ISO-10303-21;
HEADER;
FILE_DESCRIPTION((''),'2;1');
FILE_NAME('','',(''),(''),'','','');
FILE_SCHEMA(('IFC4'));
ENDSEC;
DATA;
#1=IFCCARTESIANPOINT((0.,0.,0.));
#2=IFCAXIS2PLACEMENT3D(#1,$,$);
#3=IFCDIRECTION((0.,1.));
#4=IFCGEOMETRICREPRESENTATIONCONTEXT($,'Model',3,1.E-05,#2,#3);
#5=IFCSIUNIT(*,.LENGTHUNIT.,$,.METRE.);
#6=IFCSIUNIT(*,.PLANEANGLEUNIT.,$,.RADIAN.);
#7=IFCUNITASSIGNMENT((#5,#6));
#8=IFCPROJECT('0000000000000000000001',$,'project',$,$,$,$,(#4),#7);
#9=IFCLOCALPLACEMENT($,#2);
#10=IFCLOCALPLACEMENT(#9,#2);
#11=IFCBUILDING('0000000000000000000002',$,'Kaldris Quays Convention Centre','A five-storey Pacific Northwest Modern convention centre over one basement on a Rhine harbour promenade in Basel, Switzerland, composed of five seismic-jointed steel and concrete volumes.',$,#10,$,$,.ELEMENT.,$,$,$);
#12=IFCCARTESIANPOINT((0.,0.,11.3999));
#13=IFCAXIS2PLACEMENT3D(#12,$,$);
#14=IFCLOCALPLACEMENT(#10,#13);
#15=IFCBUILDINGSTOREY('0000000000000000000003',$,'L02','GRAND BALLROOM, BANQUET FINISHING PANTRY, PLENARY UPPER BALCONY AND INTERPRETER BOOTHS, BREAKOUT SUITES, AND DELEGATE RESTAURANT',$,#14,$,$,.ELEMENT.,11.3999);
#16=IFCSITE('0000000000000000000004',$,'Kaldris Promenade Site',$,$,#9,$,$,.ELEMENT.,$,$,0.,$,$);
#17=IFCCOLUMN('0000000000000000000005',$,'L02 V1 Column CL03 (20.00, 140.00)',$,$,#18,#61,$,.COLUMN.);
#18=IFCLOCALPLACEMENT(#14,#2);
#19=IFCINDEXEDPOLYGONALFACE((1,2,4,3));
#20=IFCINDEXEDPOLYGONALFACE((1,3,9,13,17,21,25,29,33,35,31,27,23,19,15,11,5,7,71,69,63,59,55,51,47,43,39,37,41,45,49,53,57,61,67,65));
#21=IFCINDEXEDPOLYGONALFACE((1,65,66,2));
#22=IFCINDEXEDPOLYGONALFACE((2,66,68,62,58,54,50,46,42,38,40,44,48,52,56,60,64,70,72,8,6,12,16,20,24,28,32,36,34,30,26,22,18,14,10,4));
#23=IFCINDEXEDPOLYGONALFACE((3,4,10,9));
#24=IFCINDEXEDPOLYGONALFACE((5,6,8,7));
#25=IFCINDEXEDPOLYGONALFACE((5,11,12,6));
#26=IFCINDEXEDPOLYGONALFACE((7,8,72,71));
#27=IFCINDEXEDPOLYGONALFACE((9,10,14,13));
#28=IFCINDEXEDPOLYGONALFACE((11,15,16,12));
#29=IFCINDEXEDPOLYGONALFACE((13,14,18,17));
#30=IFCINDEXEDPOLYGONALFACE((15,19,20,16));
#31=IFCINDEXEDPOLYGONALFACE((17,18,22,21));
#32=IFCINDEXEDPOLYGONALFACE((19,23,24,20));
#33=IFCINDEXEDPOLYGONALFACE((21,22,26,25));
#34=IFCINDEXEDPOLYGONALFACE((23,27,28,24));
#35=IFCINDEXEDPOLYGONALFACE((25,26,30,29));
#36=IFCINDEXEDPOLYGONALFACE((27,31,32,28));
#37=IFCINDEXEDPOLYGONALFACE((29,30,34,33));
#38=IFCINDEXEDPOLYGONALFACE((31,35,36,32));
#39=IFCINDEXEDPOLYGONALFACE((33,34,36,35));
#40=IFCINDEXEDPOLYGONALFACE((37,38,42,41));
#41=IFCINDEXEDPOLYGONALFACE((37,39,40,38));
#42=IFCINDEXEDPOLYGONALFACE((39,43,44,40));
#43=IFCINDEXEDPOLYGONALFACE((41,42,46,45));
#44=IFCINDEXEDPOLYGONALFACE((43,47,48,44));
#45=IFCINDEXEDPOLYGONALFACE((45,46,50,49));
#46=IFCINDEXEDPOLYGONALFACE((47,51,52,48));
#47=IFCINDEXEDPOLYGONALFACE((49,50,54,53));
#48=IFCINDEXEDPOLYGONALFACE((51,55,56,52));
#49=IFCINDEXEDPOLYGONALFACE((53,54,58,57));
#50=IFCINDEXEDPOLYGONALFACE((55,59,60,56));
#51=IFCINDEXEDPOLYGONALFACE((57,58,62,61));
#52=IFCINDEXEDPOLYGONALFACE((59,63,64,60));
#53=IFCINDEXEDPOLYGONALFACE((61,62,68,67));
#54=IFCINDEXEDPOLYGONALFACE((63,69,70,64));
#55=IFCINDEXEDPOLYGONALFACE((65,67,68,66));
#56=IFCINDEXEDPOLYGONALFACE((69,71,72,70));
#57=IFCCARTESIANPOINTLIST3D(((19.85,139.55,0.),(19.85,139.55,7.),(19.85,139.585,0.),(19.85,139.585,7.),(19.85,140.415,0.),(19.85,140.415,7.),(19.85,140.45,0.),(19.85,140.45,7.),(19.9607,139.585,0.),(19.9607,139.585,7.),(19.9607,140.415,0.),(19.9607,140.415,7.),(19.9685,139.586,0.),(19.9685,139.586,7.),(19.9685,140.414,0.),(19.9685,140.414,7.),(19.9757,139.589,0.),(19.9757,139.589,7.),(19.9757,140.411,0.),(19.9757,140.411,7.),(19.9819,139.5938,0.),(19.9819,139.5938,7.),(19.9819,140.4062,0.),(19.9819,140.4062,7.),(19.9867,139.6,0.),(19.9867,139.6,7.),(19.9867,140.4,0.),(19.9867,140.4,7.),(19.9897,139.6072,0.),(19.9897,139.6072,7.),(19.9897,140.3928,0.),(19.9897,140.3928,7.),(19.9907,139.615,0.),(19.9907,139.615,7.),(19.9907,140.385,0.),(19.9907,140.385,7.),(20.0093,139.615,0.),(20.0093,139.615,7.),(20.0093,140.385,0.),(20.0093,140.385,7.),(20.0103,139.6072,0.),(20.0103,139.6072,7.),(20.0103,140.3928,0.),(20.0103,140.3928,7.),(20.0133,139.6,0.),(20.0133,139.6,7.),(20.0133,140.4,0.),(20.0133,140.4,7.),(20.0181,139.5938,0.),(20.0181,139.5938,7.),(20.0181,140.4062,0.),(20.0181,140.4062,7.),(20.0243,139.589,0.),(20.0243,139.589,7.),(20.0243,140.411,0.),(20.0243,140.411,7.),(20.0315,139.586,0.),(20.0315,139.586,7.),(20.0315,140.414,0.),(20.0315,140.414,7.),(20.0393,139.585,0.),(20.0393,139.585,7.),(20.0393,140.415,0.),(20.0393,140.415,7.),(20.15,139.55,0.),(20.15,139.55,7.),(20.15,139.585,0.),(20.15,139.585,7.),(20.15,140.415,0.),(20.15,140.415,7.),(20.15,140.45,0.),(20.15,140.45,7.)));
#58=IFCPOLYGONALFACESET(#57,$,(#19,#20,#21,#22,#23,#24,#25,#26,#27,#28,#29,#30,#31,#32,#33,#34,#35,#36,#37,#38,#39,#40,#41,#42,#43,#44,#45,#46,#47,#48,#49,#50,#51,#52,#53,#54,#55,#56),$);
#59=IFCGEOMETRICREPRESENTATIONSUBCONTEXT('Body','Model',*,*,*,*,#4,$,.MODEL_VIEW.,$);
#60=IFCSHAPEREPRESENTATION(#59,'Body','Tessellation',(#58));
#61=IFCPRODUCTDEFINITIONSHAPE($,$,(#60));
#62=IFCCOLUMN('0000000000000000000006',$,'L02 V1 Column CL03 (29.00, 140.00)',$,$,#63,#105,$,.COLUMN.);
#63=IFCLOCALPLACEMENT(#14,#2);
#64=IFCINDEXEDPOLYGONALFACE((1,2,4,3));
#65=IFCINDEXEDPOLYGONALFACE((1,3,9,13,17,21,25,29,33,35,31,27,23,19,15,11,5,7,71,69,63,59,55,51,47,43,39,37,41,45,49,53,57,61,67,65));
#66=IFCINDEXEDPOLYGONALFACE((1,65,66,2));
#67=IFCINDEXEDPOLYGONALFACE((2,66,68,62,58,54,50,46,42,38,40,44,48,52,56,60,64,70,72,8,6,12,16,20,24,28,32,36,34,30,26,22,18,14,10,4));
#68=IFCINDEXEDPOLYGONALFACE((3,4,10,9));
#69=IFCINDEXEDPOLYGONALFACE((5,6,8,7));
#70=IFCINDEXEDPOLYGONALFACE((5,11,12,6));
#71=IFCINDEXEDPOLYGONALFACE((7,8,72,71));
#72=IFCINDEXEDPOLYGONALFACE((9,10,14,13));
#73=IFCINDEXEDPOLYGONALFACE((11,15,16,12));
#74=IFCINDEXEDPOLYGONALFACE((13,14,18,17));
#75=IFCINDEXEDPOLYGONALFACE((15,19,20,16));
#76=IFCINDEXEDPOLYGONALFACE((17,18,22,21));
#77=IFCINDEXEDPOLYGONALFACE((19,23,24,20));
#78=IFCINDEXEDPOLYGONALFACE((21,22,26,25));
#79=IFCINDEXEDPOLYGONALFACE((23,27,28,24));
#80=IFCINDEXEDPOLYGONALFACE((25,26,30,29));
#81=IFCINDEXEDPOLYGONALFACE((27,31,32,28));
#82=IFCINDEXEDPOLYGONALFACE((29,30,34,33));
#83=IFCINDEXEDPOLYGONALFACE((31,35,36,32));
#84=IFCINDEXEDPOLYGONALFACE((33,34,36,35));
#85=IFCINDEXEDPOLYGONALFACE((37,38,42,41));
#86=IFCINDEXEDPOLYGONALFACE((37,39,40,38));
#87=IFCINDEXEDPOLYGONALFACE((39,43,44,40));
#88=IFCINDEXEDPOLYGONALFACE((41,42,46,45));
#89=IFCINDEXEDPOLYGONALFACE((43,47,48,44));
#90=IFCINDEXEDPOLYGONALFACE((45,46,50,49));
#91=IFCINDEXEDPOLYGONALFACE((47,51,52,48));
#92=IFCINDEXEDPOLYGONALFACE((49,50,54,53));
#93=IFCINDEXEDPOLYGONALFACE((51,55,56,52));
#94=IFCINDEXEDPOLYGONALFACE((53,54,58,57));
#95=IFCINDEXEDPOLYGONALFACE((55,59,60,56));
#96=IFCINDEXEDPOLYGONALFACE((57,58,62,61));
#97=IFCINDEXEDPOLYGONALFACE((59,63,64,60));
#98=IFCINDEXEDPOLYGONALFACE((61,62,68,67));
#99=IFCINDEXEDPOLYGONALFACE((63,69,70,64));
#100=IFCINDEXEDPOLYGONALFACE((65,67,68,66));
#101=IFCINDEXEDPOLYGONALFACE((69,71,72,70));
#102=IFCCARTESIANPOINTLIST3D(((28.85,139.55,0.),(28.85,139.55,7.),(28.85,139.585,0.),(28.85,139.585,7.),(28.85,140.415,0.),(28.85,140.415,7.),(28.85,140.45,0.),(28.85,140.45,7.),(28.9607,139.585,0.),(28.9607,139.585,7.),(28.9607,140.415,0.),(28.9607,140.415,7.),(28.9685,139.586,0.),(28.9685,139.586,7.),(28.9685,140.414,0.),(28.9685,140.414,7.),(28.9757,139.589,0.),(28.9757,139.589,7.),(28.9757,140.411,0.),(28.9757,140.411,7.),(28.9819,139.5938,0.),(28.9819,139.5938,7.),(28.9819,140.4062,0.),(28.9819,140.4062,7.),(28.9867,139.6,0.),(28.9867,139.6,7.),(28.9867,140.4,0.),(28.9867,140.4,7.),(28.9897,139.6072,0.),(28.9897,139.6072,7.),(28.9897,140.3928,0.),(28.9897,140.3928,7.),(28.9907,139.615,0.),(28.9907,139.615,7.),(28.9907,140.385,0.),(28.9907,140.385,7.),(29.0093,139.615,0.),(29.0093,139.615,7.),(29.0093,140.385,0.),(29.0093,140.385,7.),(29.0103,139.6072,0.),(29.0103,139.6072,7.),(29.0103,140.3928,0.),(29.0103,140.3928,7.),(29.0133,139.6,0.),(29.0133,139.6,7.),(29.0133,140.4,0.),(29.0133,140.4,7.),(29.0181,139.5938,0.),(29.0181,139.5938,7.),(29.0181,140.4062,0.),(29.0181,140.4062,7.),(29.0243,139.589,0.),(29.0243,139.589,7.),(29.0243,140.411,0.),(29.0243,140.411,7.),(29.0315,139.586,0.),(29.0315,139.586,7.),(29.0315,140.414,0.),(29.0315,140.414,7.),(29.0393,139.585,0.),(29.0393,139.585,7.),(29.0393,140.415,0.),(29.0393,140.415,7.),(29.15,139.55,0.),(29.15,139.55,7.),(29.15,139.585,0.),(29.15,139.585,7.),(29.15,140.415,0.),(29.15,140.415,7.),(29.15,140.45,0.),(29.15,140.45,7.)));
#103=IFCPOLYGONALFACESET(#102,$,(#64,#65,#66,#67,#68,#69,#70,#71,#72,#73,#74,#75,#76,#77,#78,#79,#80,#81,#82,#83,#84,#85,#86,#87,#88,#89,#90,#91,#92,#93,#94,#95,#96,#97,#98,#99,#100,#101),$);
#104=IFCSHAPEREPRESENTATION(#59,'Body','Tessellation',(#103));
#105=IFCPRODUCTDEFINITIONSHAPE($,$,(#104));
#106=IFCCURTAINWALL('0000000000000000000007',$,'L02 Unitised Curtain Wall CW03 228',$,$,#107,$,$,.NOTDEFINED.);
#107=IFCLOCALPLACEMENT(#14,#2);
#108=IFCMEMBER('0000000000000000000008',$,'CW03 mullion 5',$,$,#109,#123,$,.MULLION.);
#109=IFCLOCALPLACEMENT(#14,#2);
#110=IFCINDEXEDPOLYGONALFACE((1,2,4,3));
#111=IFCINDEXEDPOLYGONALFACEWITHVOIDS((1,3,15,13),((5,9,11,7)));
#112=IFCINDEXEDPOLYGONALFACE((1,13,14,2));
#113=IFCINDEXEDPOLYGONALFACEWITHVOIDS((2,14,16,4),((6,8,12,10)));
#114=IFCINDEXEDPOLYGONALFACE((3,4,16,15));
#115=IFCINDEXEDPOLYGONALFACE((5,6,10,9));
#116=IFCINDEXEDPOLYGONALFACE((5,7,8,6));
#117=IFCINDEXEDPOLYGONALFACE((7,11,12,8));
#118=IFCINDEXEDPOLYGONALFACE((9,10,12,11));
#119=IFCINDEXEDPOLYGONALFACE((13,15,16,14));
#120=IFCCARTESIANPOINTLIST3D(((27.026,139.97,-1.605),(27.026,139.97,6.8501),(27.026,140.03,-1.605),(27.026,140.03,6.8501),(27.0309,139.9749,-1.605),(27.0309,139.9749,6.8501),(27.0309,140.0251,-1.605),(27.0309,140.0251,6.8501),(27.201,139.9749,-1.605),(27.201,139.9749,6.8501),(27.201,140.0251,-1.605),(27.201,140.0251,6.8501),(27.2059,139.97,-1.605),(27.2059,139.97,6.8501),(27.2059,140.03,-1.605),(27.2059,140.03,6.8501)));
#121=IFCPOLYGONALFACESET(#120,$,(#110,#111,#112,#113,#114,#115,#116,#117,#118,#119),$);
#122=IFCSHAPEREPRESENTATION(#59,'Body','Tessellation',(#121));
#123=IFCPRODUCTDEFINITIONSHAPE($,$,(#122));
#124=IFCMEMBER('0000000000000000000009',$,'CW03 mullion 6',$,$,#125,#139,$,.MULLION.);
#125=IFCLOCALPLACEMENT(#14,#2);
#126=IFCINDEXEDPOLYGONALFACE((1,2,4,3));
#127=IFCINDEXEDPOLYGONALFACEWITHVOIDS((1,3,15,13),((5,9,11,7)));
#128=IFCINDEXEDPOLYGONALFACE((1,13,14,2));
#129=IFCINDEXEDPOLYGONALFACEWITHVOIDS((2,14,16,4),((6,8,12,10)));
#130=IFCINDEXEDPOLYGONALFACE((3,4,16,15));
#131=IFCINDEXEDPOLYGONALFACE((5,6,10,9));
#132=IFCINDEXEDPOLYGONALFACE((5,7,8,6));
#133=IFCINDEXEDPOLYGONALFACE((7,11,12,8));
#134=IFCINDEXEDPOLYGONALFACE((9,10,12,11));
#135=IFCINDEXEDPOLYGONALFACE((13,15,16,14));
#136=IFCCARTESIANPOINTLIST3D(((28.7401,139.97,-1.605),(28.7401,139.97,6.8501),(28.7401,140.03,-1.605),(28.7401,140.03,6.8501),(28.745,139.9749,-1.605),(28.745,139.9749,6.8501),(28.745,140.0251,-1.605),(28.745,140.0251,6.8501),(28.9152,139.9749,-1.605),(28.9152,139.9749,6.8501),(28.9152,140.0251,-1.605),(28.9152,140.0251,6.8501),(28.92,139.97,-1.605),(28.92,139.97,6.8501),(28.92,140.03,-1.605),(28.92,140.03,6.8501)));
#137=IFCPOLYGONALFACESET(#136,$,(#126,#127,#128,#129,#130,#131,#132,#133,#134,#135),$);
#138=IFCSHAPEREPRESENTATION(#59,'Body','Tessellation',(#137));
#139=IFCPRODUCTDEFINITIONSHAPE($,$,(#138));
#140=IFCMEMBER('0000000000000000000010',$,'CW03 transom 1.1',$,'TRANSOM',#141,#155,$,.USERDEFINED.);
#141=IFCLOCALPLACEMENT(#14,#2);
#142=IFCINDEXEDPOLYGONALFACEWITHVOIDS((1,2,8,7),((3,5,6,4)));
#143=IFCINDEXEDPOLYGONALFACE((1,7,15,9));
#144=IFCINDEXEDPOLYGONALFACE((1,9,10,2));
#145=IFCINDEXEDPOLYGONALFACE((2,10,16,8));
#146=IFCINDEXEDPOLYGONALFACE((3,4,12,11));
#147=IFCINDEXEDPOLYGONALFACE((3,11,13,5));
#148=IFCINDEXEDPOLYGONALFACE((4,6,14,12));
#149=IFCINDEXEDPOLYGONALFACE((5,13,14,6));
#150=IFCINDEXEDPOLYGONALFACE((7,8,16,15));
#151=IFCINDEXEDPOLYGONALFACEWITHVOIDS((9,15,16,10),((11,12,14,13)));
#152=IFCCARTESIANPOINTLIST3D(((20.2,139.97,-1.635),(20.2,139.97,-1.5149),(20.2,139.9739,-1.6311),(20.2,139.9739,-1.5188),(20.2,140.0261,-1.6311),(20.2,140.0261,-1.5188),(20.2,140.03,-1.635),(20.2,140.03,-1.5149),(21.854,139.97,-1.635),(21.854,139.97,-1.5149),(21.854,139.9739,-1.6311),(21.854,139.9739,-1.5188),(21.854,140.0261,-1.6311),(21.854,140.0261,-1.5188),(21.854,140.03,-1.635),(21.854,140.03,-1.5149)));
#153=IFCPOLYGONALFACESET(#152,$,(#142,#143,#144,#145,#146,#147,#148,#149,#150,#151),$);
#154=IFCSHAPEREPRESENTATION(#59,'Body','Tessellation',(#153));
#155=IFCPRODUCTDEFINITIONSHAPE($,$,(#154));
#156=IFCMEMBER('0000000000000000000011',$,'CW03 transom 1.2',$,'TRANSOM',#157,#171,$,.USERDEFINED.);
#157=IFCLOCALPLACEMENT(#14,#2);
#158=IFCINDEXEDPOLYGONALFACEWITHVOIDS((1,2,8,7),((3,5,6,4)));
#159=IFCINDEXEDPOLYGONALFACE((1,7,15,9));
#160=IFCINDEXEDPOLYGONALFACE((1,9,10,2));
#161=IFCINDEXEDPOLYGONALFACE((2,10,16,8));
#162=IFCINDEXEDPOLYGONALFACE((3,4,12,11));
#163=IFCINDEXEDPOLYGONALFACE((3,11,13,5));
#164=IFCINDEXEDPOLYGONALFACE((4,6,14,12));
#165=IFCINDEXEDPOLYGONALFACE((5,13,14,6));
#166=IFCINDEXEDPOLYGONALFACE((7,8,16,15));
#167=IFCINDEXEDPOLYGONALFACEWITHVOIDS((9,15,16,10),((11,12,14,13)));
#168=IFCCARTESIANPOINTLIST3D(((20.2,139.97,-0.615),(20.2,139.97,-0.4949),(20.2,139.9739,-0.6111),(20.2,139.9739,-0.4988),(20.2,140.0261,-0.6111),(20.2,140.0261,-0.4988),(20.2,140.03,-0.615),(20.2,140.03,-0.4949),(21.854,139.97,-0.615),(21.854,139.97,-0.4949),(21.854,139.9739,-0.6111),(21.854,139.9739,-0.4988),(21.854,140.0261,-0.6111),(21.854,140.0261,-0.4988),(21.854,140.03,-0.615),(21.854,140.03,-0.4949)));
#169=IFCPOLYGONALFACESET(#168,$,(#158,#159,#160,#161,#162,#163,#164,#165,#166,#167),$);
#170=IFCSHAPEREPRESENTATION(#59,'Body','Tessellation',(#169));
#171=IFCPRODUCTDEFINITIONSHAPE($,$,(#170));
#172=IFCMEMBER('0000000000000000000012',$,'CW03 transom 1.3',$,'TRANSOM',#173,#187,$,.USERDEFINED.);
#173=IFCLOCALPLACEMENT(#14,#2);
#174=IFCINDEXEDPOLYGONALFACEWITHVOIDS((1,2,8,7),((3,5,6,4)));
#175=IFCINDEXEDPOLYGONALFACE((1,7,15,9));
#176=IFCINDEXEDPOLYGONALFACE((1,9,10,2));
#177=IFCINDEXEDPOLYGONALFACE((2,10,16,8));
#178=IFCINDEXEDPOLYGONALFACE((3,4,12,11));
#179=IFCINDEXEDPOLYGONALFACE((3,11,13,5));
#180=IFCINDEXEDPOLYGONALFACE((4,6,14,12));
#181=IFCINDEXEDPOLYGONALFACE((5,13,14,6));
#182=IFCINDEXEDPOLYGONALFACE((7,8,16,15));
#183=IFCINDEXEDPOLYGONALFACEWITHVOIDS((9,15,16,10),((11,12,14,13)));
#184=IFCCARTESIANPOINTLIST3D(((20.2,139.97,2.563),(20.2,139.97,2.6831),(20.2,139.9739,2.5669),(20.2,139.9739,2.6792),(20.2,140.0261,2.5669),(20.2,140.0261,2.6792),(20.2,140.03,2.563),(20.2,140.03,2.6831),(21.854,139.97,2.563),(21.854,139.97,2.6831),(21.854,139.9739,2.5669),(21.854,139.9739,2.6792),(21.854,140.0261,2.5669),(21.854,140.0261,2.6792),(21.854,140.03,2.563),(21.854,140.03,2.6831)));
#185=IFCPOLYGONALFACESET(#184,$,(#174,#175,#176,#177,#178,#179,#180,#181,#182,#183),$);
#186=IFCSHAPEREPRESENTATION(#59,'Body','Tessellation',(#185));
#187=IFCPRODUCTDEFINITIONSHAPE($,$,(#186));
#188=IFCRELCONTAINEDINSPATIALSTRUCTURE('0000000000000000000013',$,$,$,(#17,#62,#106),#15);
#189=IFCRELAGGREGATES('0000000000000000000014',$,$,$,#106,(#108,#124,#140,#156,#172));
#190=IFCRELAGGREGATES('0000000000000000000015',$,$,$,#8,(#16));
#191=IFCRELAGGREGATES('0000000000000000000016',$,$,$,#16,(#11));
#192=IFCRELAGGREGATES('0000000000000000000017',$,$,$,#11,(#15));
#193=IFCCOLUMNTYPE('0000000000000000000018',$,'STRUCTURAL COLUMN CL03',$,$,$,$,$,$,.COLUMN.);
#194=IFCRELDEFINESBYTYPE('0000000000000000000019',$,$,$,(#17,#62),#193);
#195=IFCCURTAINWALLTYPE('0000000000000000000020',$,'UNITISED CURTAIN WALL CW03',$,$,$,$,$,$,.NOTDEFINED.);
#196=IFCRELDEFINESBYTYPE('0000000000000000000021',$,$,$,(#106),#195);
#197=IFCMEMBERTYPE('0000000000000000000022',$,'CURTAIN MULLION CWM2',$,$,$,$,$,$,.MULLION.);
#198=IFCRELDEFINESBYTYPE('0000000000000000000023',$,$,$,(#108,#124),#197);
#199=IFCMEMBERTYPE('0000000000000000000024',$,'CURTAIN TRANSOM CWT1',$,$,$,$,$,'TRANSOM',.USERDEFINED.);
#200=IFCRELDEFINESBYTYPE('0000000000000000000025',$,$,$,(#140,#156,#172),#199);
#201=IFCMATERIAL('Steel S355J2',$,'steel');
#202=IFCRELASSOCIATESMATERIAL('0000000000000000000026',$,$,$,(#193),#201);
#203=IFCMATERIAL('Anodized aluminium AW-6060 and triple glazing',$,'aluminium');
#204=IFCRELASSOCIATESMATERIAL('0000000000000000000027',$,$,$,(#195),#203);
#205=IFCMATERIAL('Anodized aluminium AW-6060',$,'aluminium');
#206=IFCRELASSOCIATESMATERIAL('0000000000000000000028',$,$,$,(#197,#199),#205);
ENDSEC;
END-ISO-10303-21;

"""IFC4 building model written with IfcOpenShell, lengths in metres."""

from ifc_helpers import new_model, si_unit, direction, frame, origin, origin_2d, place, context, subcontext, project, spatial, hollow_rectangle, i_section, extrude, material, material_profile, profile_set, type_object, element, aggregate, save


model = new_model("IFC4")

# Units and contexts
model_context = context("Model", 3, precision=1e-05, world=origin(), true_north=direction((0.0, 1.0)))
body_context = subcontext(model_context, "Body", "Model", "MODEL_VIEW")
ifc_project = project(units=[si_unit("LENGTHUNIT", "METRE"), si_unit("PLANEANGLEUNIT", "RADIAN")], contexts=[model_context])

# Site, building, storey
site_placement = place(None, origin())
site = spatial("IfcSite", under=ifc_project, at=site_placement, Name="Kaldris Promenade Site", CompositionType="ELEMENT", RefElevation=0.0)
building_placement = place(site_placement, origin())
building = spatial("IfcBuilding", under=site, at=building_placement, Name="Kaldris Quays Convention Centre", Description="A five-storey Pacific Northwest Modern convention centre over one basement on a Rhine harbour promenade in Basel, Switzerland, composed of five seismic-jointed steel and concrete volumes.", CompositionType="ELEMENT")
storey_placement = place(building_placement, frame((0.0, 0.0, 11.3999)))
storey = spatial("IfcBuildingStorey", under=building, at=storey_placement, Name="L02", Description="GRAND BALLROOM, BANQUET FINISHING PANTRY, PLENARY UPPER BALCONY AND INTERPRETER BOOTHS, BREAKOUT SUITES, AND DELEGATE RESTAURANT", CompositionType="ELEMENT", Elevation=11.3999)

# Columns
ifc_material_1 = material(Name="Steel S355J2", Category="steel")
ifc_material_profile_1 = material_profile(ifc_material_1, i_section(OverallWidth=0.3, OverallDepth=0.8999, WebThickness=0.0186, FlangeThickness=0.0349, FilletRadius=0.03, at=origin_2d()), Name="HEB 900")
ifc_profile_set_1 = profile_set([ifc_material_profile_1], Name="Steel S355J2")
column_type = type_object("IfcColumnType", Name="STRUCTURAL COLUMN CL03", PredefinedType="COLUMN", material=ifc_profile_set_1)
for number, where, z_axis, x_axis, name in (
    (1, (20.0, 140.0, 0.0), (0.0, 0.0, 1.0), (1.0, 0.0, 0.0), "L02 V1 Column CL03 (20.00, 140.00)"),
    (2, (29.0, 140.0, 0.0), (0.0, 0.0, 1.0), (1.0, 0.0, 0.0), "L02 V1 Column CL03 (29.00, 140.00)"),
):
    element("IfcColumn", number, at=place(storey_placement, frame(where, z_axis=z_axis, x_axis=x_axis)), inside=storey, type_object=column_type, Name=name, PredefinedType="COLUMN", context=body_context, shape_type="SweptSolid", body=[
        extrude(i_section(OverallWidth=0.3, OverallDepth=0.8999, WebThickness=0.0186, FlangeThickness=0.0349, FilletRadius=0.03, at=origin_2d()), origin(), (0.0, 0.0, 1.0), 7.0),
    ])

# Curtain wall, members
ifc_material_2 = material(Name="Anodized aluminium AW-6060 and triple glazing", Category="aluminium")
curtain_wall_type = type_object("IfcCurtainWallType", Name="UNITISED CURTAIN WALL CW03", PredefinedType="NOTDEFINED", material=ifc_material_2)
curtain_wall_placement = place(storey_placement, origin())
curtain_wall = element("IfcCurtainWall", 3, at=curtain_wall_placement, inside=storey, type_object=curtain_wall_type, Name="L02 Unitised Curtain Wall CW03 228", PredefinedType="NOTDEFINED")
ifc_material_3 = material(Name="Anodized aluminium AW-6060", Category="aluminium")
ifc_material_profile_2 = material_profile(ifc_material_3, hollow_rectangle(XDim=0.0601, YDim=0.1799, WallThickness=0.0049, at=origin_2d()), Name="RHS 180x60x5")
ifc_profile_set_2 = profile_set([ifc_material_profile_2], Name="Anodized aluminium AW-6060")
member_type_1 = type_object("IfcMemberType", Name="CURTAIN MULLION CWM2", PredefinedType="MULLION", material=ifc_profile_set_2)
member_1_placement = place(storey_placement, frame((27.116, 140.0, -1.605), z_axis=(0.0, 0.0, 1.0), x_axis=(0.0, 1.0, 0.0)))
member_1 = element("IfcMember", 4, at=member_1_placement, type_object=member_type_1, Name="CW03 mullion 5", PredefinedType="MULLION", context=body_context, shape_type="SweptSolid", body=[
    extrude(hollow_rectangle(XDim=0.0601, YDim=0.1799, WallThickness=0.0049, at=origin_2d()), origin(), (0.0, 0.0, 1.0), 8.4551),
])
member_2_placement = place(storey_placement, frame((28.8301, 140.0, -1.605), z_axis=(0.0, 0.0, 1.0), x_axis=(0.0, 1.0, 0.0)))
member_2 = element("IfcMember", 5, at=member_2_placement, type_object=member_type_1, Name="CW03 mullion 6", PredefinedType="MULLION", context=body_context, shape_type="SweptSolid", body=[
    extrude(hollow_rectangle(XDim=0.0601, YDim=0.1799, WallThickness=0.0049, at=origin_2d()), origin(), (0.0, 0.0, 1.0), 8.4551),
])
ifc_material_profile_3 = material_profile(ifc_material_3, hollow_rectangle(XDim=0.0601, YDim=0.1201, WallThickness=0.0039, at=origin_2d()), Name="RHS 120x60x4")
ifc_profile_set_3 = profile_set([ifc_material_profile_3], Name="Anodized aluminium AW-6060")
member_type_2 = type_object("IfcMemberType", Name="CURTAIN TRANSOM CWT1", ElementType="TRANSOM", PredefinedType="USERDEFINED", material=ifc_profile_set_3)
member_3_placement = place(storey_placement, frame((20.2, 140.0, -1.575), z_axis=(1.0, 0.0, 0.0), x_axis=(0.0, 1.0, 0.0)))
member_3 = element("IfcMember", 6, at=member_3_placement, type_object=member_type_2, Name="CW03 transom 1.1", ObjectType="TRANSOM", PredefinedType="USERDEFINED", context=body_context, shape_type="SweptSolid", body=[
    extrude(hollow_rectangle(XDim=0.0601, YDim=0.1201, WallThickness=0.0039, at=origin_2d()), origin(), (0.0, 0.0, 1.0), 1.6541),
])
member_4_placement = place(storey_placement, frame((20.2, 140.0, -0.5549), z_axis=(1.0, 0.0, 0.0), x_axis=(0.0, 1.0, 0.0)))
member_4 = element("IfcMember", 7, at=member_4_placement, type_object=member_type_2, Name="CW03 transom 1.2", ObjectType="TRANSOM", PredefinedType="USERDEFINED", context=body_context, shape_type="SweptSolid", body=[
    extrude(hollow_rectangle(XDim=0.0601, YDim=0.1201, WallThickness=0.0039, at=origin_2d()), origin(), (0.0, 0.0, 1.0), 1.6541),
])
member_5_placement = place(storey_placement, frame((20.2, 140.0, 2.623), z_axis=(1.0, 0.0, 0.0), x_axis=(0.0, 1.0, 0.0)))
member_5 = element("IfcMember", 8, at=member_5_placement, type_object=member_type_2, Name="CW03 transom 1.3", ObjectType="TRANSOM", PredefinedType="USERDEFINED", context=body_context, shape_type="SweptSolid", body=[
    extrude(hollow_rectangle(XDim=0.0601, YDim=0.1201, WallThickness=0.0039, at=origin_2d()), origin(), (0.0, 0.0, 1.0), 1.6541),
])
aggregate(curtain_wall, [member_1, member_2, member_3, member_4, member_5])

save(model, "model.ifc")
